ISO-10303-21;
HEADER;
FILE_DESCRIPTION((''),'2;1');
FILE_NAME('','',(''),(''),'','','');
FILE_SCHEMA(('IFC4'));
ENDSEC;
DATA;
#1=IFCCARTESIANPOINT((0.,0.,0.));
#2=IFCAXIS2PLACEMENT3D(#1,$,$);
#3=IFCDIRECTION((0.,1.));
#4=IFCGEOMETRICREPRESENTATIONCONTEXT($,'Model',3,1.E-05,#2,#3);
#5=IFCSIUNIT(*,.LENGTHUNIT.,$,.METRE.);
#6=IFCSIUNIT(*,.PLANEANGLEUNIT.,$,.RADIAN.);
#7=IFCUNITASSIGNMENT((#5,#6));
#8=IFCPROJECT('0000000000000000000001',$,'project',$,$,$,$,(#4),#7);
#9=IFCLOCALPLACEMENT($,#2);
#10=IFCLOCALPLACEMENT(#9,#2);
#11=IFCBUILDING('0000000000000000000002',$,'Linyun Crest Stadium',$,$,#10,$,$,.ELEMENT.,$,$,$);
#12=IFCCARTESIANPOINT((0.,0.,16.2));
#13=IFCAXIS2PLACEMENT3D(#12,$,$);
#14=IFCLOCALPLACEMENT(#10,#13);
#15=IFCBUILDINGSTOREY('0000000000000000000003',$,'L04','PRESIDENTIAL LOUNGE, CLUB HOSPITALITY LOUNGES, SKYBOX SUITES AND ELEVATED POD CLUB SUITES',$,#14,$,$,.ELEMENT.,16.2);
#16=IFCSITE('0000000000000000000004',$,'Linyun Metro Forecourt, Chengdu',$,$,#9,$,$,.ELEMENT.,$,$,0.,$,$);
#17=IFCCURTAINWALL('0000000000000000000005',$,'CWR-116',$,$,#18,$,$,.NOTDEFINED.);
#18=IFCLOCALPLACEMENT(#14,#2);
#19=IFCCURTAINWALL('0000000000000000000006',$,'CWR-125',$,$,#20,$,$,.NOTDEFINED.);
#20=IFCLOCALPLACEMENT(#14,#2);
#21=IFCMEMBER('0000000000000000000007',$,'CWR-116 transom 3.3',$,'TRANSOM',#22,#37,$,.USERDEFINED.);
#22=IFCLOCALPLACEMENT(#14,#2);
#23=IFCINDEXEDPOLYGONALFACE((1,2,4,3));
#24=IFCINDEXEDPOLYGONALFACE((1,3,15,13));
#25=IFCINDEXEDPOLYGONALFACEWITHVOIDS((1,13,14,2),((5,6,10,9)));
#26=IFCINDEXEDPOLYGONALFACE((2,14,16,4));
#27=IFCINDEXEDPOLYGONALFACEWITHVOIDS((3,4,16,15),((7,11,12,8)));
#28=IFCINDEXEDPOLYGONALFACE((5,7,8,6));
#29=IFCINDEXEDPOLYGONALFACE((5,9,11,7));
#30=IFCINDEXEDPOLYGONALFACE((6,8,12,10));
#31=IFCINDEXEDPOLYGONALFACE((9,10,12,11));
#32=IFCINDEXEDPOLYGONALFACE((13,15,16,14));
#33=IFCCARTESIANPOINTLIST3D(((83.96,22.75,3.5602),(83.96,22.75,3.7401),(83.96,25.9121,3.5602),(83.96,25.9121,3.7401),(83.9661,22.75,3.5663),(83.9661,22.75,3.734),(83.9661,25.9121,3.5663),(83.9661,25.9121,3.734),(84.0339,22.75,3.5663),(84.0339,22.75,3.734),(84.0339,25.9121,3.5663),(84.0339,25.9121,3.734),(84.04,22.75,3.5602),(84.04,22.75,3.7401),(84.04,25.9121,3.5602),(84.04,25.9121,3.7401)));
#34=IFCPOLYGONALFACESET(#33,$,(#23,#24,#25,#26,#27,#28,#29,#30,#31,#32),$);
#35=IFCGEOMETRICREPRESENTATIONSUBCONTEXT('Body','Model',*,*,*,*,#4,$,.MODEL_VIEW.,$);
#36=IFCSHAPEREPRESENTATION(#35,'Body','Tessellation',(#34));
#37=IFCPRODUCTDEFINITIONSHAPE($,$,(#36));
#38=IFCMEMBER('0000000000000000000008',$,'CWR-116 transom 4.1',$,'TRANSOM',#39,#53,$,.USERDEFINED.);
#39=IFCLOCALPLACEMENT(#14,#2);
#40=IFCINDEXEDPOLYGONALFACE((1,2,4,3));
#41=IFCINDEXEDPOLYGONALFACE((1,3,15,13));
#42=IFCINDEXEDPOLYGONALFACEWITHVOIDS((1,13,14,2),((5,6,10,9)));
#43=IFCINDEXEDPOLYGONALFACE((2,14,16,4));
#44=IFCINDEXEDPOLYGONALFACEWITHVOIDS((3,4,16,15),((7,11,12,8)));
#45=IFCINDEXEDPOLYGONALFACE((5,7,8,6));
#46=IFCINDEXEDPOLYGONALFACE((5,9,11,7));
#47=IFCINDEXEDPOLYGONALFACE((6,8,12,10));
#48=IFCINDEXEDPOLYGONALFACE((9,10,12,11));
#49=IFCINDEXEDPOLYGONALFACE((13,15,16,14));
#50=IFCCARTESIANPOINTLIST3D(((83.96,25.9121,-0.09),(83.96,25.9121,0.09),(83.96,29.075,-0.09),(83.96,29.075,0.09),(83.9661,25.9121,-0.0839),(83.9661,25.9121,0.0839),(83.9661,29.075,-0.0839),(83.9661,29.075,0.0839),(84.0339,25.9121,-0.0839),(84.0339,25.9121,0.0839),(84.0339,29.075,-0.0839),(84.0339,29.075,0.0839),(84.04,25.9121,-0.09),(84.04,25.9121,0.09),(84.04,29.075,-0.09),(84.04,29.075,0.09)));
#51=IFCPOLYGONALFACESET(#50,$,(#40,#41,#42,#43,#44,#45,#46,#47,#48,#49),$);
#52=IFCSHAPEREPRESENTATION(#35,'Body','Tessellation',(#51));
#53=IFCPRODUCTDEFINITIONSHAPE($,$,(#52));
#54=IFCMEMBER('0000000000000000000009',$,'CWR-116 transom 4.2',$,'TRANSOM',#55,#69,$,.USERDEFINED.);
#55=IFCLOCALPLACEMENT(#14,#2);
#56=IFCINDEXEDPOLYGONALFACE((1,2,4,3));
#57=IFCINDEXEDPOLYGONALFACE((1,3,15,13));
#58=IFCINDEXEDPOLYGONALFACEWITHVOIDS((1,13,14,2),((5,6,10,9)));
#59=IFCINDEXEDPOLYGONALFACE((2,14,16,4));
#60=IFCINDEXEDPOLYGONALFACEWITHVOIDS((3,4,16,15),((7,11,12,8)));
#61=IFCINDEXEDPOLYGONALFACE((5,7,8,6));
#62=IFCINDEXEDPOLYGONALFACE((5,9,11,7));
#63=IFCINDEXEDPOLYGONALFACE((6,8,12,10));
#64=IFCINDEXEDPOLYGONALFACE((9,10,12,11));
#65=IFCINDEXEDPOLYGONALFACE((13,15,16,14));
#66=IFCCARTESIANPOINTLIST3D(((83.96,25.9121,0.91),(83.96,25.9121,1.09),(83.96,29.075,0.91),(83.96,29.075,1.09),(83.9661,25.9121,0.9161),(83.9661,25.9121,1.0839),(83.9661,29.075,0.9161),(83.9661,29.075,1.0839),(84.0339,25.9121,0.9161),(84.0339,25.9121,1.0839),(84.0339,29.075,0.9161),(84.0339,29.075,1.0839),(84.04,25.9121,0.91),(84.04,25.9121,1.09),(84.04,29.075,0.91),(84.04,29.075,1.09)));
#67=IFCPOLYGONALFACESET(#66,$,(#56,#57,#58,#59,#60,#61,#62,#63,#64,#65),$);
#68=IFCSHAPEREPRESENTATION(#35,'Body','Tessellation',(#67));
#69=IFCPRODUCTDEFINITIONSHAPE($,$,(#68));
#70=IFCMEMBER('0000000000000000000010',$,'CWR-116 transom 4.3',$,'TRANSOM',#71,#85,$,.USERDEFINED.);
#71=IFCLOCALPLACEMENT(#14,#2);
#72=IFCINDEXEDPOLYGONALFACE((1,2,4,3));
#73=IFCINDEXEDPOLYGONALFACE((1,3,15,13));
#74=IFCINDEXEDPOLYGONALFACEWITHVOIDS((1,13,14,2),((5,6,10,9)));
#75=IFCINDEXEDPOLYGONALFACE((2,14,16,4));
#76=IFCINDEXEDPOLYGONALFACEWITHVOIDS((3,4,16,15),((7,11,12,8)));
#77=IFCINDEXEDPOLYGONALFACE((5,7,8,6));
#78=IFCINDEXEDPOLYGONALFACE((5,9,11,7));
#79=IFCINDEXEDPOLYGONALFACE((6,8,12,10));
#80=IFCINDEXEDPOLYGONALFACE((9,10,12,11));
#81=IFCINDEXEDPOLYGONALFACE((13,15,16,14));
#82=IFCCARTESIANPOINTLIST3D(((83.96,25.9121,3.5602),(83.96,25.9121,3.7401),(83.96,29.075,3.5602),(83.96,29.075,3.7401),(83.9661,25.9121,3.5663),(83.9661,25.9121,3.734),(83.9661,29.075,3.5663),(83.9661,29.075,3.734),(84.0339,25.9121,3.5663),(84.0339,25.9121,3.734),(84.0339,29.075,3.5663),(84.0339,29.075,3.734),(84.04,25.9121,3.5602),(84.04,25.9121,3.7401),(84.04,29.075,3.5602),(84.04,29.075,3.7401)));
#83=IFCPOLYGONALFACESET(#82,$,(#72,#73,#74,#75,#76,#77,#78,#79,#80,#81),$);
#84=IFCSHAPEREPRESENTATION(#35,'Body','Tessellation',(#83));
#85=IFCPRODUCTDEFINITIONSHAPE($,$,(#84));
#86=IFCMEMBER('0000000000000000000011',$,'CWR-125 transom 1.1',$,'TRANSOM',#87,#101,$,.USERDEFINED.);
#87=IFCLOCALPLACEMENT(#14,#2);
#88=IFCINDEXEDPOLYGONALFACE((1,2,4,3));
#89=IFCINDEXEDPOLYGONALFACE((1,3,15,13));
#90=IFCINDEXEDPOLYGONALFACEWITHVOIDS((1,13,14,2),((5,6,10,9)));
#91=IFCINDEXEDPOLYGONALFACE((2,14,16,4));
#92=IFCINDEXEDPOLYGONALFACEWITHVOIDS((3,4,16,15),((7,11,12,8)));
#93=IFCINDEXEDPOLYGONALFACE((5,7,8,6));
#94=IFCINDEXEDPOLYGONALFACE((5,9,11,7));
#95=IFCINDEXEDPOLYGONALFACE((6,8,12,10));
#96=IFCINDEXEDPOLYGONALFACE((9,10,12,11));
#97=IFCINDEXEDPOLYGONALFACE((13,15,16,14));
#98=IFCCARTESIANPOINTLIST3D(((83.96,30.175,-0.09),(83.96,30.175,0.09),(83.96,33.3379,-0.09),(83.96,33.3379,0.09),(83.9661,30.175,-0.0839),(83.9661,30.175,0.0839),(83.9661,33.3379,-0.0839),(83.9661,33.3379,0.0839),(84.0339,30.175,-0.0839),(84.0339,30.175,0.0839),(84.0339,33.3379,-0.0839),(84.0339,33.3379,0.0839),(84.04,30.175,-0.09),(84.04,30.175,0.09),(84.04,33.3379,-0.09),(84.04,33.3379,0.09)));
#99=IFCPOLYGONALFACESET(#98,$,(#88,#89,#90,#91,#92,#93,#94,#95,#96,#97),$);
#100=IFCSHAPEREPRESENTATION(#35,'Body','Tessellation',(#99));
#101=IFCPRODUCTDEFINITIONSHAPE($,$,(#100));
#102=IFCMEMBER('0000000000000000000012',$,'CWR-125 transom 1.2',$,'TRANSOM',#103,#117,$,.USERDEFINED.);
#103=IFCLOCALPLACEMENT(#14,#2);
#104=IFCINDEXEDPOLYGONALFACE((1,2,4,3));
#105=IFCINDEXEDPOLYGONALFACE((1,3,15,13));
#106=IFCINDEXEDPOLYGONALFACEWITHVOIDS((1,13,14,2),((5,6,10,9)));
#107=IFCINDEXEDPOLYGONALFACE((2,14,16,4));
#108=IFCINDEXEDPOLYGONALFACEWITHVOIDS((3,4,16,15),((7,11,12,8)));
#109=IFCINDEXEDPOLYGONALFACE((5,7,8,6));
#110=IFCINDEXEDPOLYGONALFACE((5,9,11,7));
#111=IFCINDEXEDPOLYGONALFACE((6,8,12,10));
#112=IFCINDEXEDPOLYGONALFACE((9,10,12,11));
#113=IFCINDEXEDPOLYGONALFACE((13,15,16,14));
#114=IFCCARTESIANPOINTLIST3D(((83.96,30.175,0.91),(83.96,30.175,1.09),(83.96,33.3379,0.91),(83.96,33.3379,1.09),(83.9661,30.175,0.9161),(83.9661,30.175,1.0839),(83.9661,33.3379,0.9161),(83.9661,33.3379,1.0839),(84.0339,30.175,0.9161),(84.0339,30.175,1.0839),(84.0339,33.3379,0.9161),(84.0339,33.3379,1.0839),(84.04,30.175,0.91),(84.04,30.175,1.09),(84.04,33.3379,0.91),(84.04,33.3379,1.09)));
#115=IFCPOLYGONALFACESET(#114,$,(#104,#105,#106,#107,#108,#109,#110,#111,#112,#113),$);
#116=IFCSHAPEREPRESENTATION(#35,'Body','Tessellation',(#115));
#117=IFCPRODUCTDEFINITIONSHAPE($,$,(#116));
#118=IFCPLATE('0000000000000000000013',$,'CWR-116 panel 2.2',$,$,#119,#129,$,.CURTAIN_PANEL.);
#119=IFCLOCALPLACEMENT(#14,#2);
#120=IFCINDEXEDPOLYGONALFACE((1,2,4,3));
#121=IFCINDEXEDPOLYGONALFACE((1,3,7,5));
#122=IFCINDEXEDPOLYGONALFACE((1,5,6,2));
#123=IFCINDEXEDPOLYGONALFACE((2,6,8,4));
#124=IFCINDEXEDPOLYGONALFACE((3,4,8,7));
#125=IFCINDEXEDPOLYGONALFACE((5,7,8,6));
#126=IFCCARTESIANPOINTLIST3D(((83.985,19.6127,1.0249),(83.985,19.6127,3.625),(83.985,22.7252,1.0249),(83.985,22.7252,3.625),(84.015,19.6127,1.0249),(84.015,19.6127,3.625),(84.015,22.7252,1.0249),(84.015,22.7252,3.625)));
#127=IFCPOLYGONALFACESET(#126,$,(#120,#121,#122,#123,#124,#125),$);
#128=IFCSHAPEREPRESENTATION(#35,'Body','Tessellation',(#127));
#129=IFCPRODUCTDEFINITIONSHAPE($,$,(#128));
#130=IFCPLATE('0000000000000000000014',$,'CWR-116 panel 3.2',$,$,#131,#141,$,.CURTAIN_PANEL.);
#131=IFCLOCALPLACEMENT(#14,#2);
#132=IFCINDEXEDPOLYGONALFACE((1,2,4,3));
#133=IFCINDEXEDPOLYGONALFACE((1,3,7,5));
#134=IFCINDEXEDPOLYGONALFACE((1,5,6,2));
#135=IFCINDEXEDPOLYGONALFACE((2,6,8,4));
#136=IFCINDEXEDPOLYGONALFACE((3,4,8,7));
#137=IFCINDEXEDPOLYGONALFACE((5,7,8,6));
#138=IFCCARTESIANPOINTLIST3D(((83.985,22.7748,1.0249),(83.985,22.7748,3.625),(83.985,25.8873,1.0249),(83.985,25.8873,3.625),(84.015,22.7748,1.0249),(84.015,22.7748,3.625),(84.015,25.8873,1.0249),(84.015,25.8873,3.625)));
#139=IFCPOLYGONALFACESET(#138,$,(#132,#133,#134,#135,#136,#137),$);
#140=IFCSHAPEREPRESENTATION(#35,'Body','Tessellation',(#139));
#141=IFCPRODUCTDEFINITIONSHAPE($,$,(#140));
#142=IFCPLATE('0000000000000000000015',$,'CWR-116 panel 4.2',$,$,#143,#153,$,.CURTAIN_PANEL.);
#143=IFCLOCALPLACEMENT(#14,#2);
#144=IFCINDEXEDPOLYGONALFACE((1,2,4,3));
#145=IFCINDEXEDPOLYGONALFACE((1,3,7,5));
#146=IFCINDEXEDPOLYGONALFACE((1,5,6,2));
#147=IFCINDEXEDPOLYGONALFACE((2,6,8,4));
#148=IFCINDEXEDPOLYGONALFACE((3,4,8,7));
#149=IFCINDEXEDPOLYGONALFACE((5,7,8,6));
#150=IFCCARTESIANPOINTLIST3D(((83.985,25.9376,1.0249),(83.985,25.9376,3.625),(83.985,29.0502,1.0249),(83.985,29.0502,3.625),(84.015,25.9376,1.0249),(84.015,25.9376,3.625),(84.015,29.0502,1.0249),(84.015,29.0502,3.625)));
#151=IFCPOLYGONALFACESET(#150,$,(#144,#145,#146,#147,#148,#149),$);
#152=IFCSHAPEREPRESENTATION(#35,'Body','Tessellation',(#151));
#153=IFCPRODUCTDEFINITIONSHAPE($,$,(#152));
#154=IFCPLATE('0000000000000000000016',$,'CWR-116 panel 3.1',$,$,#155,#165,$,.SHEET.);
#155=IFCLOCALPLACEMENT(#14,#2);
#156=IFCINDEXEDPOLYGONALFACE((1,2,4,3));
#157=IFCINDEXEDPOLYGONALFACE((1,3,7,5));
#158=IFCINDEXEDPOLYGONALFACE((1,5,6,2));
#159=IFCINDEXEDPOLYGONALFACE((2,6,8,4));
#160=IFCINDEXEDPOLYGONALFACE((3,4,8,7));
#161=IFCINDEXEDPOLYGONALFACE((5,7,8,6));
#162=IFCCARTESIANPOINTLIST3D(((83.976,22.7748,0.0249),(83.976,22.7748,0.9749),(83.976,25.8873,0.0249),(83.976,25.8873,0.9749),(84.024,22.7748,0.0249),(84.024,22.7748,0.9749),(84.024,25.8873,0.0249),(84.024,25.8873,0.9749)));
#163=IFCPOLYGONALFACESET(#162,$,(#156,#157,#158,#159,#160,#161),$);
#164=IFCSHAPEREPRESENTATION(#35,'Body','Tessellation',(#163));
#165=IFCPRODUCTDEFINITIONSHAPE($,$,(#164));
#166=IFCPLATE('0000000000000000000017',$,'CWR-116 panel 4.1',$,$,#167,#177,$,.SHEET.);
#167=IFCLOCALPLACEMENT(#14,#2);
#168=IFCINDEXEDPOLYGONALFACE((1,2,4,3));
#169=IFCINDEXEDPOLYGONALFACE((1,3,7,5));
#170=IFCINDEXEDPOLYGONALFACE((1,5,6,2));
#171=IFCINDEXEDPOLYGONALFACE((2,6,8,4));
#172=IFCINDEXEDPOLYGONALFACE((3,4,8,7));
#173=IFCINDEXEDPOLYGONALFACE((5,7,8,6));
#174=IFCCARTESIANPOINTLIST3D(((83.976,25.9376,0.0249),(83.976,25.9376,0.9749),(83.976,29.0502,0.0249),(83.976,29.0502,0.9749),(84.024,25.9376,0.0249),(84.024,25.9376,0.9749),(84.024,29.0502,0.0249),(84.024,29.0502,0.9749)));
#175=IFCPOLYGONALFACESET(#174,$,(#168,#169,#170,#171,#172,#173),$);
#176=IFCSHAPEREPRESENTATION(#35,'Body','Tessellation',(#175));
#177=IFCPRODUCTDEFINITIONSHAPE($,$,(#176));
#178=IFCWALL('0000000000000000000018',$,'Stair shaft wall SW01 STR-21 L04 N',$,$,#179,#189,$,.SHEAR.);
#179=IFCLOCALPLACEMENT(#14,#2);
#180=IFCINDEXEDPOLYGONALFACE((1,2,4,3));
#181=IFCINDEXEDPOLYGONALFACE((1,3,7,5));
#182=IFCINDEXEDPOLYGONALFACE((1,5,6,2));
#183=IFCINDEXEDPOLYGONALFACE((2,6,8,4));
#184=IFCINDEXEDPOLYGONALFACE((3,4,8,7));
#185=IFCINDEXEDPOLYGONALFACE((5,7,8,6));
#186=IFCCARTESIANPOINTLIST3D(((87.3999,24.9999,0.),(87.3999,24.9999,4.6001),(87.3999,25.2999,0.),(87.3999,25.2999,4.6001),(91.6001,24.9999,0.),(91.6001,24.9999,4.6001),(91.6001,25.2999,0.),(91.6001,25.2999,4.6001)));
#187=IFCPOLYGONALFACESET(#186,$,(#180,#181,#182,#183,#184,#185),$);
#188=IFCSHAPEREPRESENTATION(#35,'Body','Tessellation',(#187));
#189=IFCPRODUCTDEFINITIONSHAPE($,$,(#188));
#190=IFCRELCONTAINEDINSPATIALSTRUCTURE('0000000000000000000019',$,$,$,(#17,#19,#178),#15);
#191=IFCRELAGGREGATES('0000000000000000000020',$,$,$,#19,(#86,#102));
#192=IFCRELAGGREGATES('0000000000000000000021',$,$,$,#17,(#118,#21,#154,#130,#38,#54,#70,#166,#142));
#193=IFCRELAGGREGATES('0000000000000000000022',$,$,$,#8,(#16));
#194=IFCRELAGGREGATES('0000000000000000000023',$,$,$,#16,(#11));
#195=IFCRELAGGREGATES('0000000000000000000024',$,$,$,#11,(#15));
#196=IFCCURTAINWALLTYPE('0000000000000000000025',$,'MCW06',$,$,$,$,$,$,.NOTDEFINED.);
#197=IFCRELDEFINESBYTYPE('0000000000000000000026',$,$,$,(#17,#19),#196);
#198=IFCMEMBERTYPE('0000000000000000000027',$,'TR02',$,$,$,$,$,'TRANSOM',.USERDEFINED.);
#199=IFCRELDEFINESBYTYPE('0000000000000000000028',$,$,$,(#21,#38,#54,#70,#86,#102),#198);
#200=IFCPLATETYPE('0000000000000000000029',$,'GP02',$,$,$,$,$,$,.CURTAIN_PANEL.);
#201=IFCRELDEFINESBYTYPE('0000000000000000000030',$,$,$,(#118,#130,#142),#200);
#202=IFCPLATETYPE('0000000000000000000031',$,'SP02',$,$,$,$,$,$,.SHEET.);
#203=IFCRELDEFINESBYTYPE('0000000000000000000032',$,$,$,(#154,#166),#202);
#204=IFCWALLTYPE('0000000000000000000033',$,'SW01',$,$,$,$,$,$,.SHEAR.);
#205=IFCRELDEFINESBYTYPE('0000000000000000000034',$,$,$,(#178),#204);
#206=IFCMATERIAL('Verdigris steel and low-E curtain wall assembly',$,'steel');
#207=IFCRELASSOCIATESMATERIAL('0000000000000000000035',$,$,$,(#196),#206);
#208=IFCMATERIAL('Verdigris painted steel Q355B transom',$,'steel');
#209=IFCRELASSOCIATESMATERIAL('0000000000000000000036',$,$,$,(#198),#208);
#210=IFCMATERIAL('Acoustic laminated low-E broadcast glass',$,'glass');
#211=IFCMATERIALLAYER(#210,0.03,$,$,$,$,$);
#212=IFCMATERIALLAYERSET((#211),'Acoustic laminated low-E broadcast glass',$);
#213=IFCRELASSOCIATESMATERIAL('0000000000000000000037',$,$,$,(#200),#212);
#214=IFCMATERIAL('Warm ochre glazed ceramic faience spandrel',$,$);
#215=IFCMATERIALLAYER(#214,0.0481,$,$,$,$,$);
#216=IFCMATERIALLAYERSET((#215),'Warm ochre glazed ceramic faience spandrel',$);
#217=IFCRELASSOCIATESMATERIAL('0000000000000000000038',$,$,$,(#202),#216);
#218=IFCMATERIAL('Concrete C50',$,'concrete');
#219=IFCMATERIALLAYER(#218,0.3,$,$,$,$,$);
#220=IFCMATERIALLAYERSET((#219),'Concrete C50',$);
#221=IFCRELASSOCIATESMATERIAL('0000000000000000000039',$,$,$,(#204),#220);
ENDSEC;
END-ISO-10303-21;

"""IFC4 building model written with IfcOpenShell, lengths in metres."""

from ifc_helpers import new_model, si_unit, direction, frame, frame_2d, origin, origin_2d, place, context, subcontext, project, spatial, rectangle, hollow_rectangle, extrude, material, layer, layer_set, material_profile, profile_set, type_object, element, aggregate, save


model = new_model("IFC4")

# Units and contexts
model_context = context("Model", 3, precision=1e-05, world=origin(), true_north=direction((0.0, 1.0)))
body_context = subcontext(model_context, "Body", "Model", "MODEL_VIEW")
ifc_project = project(units=[si_unit("LENGTHUNIT", "METRE"), si_unit("PLANEANGLEUNIT", "RADIAN")], contexts=[model_context])

# Site, building, storey
site_placement = place(None, origin())
site = spatial("IfcSite", under=ifc_project, at=site_placement, Name="Linyun Metro Forecourt, Chengdu", CompositionType="ELEMENT", RefElevation=0.0)
building_placement = place(site_placement, origin())
building = spatial("IfcBuilding", under=site, at=building_placement, Name="Linyun Crest Stadium", CompositionType="ELEMENT")
storey_placement = place(building_placement, frame((0.0, 0.0, 16.2)))
storey = spatial("IfcBuildingStorey", under=building, at=storey_placement, Name="L04", Description="PRESIDENTIAL LOUNGE, CLUB HOSPITALITY LOUNGES, SKYBOX SUITES AND ELEVATED POD CLUB SUITES", CompositionType="ELEMENT", Elevation=16.2)

# Curtain wall
ifc_material_1 = material(Name="Verdigris steel and low-E curtain wall assembly", Category="steel")
curtain_wall_type = type_object("IfcCurtainWallType", Name="MCW06", PredefinedType="NOTDEFINED", material=ifc_material_1)
curtain_wall_1_placement = place(storey_placement, origin())
curtain_wall_1 = element("IfcCurtainWall", 1, at=curtain_wall_1_placement, inside=storey, type_object=curtain_wall_type, Name="CWR-116", PredefinedType="NOTDEFINED")

# Curtain wall
curtain_wall_2_placement = place(storey_placement, origin())
curtain_wall_2 = element("IfcCurtainWall", 2, at=curtain_wall_2_placement, inside=storey, type_object=curtain_wall_type, Name="CWR-125", PredefinedType="NOTDEFINED")

# Members
ifc_material_2 = material(Name="Verdigris painted steel Q355B transom", Category="steel")
ifc_material_profile_1 = material_profile(ifc_material_2, hollow_rectangle(XDim=0.0801, YDim=0.1799, WallThickness=0.0061, at=origin_2d()), Name="RHS 180x80x6")
ifc_profile_set_1 = profile_set([ifc_material_profile_1], Name="Verdigris painted steel Q355B transom")
member_type_1 = type_object("IfcMemberType", Name="TR02", ElementType="TRANSOM", PredefinedType="USERDEFINED", material=ifc_profile_set_1)
member_1_placement = place(storey_placement, frame((84.0, 22.75, 3.6501), z_axis=(0.0, 1.0, 0.0), x_axis=(-1.0, 0.0, 0.0)))
member_1 = element("IfcMember", 3, at=member_1_placement, type_object=member_type_1, Name="CWR-116 transom 3.3", ObjectType="TRANSOM", PredefinedType="USERDEFINED", context=body_context, shape_type="SweptSolid", body=[
    extrude(hollow_rectangle(XDim=0.0801, YDim=0.1799, WallThickness=0.0061, at=origin_2d()), origin(), (0.0, 0.0, 1.0), 3.1621),
])
member_2_placement = place(storey_placement, frame((84.0, 25.9121, 0.0), z_axis=(0.0, 1.0, 0.0), x_axis=(-1.0, 0.0, 0.0)))
member_2 = element("IfcMember", 4, at=member_2_placement, type_object=member_type_1, Name="CWR-116 transom 4.1", ObjectType="TRANSOM", PredefinedType="USERDEFINED", context=body_context, shape_type="SweptSolid", body=[
    extrude(hollow_rectangle(XDim=0.0801, YDim=0.1799, WallThickness=0.0061, at=origin_2d()), origin(), (0.0, 0.0, 1.0), 3.1628),
])
member_3_placement = place(storey_placement, frame((84.0, 25.9121, 1.0), z_axis=(0.0, 1.0, 0.0), x_axis=(-1.0, 0.0, 0.0)))
member_3 = element("IfcMember", 5, at=member_3_placement, type_object=member_type_1, Name="CWR-116 transom 4.2", ObjectType="TRANSOM", PredefinedType="USERDEFINED", context=body_context, shape_type="SweptSolid", body=[
    extrude(hollow_rectangle(XDim=0.0801, YDim=0.1799, WallThickness=0.0061, at=origin_2d()), origin(), (0.0, 0.0, 1.0), 3.1628),
])
member_4_placement = place(storey_placement, frame((84.0, 25.9121, 3.6501), z_axis=(0.0, 1.0, 0.0), x_axis=(-1.0, 0.0, 0.0)))
member_4 = element("IfcMember", 6, at=member_4_placement, type_object=member_type_1, Name="CWR-116 transom 4.3", ObjectType="TRANSOM", PredefinedType="USERDEFINED", context=body_context, shape_type="SweptSolid", body=[
    extrude(hollow_rectangle(XDim=0.0801, YDim=0.1799, WallThickness=0.0061, at=origin_2d()), origin(), (0.0, 0.0, 1.0), 3.1628),
])
member_5_placement = place(storey_placement, frame((84.0, 30.175, 0.0), z_axis=(0.0, 1.0, 0.0), x_axis=(-1.0, 0.0, 0.0)))
member_5 = element("IfcMember", 7, at=member_5_placement, type_object=member_type_1, Name="CWR-125 transom 1.1", ObjectType="TRANSOM", PredefinedType="USERDEFINED", context=body_context, shape_type="SweptSolid", body=[
    extrude(hollow_rectangle(XDim=0.0801, YDim=0.1799, WallThickness=0.0061, at=origin_2d()), origin(), (0.0, 0.0, 1.0), 3.1628),
])
member_6_placement = place(storey_placement, frame((84.0, 30.175, 1.0), z_axis=(0.0, 1.0, 0.0), x_axis=(-1.0, 0.0, 0.0)))
member_6 = element("IfcMember", 8, at=member_6_placement, type_object=member_type_1, Name="CWR-125 transom 1.2", ObjectType="TRANSOM", PredefinedType="USERDEFINED", context=body_context, shape_type="SweptSolid", body=[
    extrude(hollow_rectangle(XDim=0.0801, YDim=0.1799, WallThickness=0.0061, at=origin_2d()), origin(), (0.0, 0.0, 1.0), 3.1628),
])
aggregate(curtain_wall_2, [member_5, member_6])

# Plates
ifc_material_3 = material(Name="Acoustic laminated low-E broadcast glass", Category="glass")
ifc_layer_1 = layer(ifc_material_3, 0.03)
ifc_layer_set_1 = layer_set([ifc_layer_1], Name="Acoustic laminated low-E broadcast glass")
plate_type_1 = type_object("IfcPlateType", Name="GP02", PredefinedType="CURTAIN_PANEL", material=ifc_layer_set_1)
plate_1_placement = place(storey_placement, frame((84.0, 21.1689, 1.0249), z_axis=(0.0, 0.0, 1.0), x_axis=(0.0, 1.0, 0.0)))
plate_1 = element("IfcPlate", 9, at=plate_1_placement, type_object=plate_type_1, Name="CWR-116 panel 2.2", PredefinedType="CURTAIN_PANEL", context=body_context, shape_type="SweptSolid", body=[
    extrude(rectangle(XDim=3.1125, YDim=0.03, at=origin_2d()), origin(), (0.0, 0.0, 1.0), 2.6001),
])
plate_2_placement = place(storey_placement, frame((84.0, 24.3311, 1.0249), z_axis=(0.0, 0.0, 1.0), x_axis=(0.0, 1.0, 0.0)))
plate_2 = element("IfcPlate", 10, at=plate_2_placement, type_object=plate_type_1, Name="CWR-116 panel 3.2", PredefinedType="CURTAIN_PANEL", context=body_context, shape_type="SweptSolid", body=[
    extrude(rectangle(XDim=3.1125, YDim=0.03, at=origin_2d()), origin(), (0.0, 0.0, 1.0), 2.6001),
])
plate_3_placement = place(storey_placement, frame((84.0, 27.4939, 1.0249), z_axis=(0.0, 0.0, 1.0), x_axis=(0.0, 1.0, 0.0)))
plate_3 = element("IfcPlate", 11, at=plate_3_placement, type_object=plate_type_1, Name="CWR-116 panel 4.2", PredefinedType="CURTAIN_PANEL", context=body_context, shape_type="SweptSolid", body=[
    extrude(rectangle(XDim=3.1125, YDim=0.03, at=origin_2d()), origin(), (0.0, 0.0, 1.0), 2.6001),
])
ifc_material_4 = material(Name="Warm ochre glazed ceramic faience spandrel")
ifc_layer_2 = layer(ifc_material_4, 0.0481)
ifc_layer_set_2 = layer_set([ifc_layer_2], Name="Warm ochre glazed ceramic faience spandrel")
plate_type_2 = type_object("IfcPlateType", Name="SP02", PredefinedType="SHEET", material=ifc_layer_set_2)
plate_4_placement = place(storey_placement, frame((84.0, 24.3311, 0.0249), z_axis=(0.0, 0.0, 1.0), x_axis=(0.0, 1.0, 0.0)))
plate_4 = element("IfcPlate", 12, at=plate_4_placement, type_object=plate_type_2, Name="CWR-116 panel 3.1", PredefinedType="SHEET", context=body_context, shape_type="SweptSolid", body=[
    extrude(rectangle(XDim=3.1125, YDim=0.0481, at=origin_2d()), origin(), (0.0, 0.0, 1.0), 0.95),
])
plate_5_placement = place(storey_placement, frame((84.0, 27.4939, 0.0249), z_axis=(0.0, 0.0, 1.0), x_axis=(0.0, 1.0, 0.0)))
plate_5 = element("IfcPlate", 13, at=plate_5_placement, type_object=plate_type_2, Name="CWR-116 panel 4.1", PredefinedType="SHEET", context=body_context, shape_type="SweptSolid", body=[
    extrude(rectangle(XDim=3.1125, YDim=0.0481, at=origin_2d()), origin(), (0.0, 0.0, 1.0), 0.95),
])
aggregate(curtain_wall_1, [plate_1, member_1, plate_4, plate_2, member_2, member_3, member_4, plate_5, plate_3])

# Wall
ifc_material_5 = material(Name="Concrete C50", Category="concrete")
ifc_layer_3 = layer(ifc_material_5, 0.3)
ifc_layer_set_3 = layer_set([ifc_layer_3], Name="Concrete C50")
wall_type = type_object("IfcWallType", Name="SW01", PredefinedType="SHEAR", material=ifc_layer_set_3)
wall_1_placement = place(storey_placement, frame((87.3999, 25.1499, 0.0), z_axis=(0.0, 0.0, 1.0), x_axis=(1.0, 0.0, 0.0)))
element("IfcWall", 14, at=wall_1_placement, inside=storey, type_object=wall_type, Name="Stair shaft wall SW01 STR-21 L04 N", PredefinedType="SHEAR", context=body_context, shape_type="SweptSolid", body=[
    extrude(rectangle(XDim=4.2002, YDim=0.3, at=frame_2d((2.1001, 0.0))), origin(), (0.0, 0.0, 1.0), 4.6001),
])

save(model, "model.ifc")
